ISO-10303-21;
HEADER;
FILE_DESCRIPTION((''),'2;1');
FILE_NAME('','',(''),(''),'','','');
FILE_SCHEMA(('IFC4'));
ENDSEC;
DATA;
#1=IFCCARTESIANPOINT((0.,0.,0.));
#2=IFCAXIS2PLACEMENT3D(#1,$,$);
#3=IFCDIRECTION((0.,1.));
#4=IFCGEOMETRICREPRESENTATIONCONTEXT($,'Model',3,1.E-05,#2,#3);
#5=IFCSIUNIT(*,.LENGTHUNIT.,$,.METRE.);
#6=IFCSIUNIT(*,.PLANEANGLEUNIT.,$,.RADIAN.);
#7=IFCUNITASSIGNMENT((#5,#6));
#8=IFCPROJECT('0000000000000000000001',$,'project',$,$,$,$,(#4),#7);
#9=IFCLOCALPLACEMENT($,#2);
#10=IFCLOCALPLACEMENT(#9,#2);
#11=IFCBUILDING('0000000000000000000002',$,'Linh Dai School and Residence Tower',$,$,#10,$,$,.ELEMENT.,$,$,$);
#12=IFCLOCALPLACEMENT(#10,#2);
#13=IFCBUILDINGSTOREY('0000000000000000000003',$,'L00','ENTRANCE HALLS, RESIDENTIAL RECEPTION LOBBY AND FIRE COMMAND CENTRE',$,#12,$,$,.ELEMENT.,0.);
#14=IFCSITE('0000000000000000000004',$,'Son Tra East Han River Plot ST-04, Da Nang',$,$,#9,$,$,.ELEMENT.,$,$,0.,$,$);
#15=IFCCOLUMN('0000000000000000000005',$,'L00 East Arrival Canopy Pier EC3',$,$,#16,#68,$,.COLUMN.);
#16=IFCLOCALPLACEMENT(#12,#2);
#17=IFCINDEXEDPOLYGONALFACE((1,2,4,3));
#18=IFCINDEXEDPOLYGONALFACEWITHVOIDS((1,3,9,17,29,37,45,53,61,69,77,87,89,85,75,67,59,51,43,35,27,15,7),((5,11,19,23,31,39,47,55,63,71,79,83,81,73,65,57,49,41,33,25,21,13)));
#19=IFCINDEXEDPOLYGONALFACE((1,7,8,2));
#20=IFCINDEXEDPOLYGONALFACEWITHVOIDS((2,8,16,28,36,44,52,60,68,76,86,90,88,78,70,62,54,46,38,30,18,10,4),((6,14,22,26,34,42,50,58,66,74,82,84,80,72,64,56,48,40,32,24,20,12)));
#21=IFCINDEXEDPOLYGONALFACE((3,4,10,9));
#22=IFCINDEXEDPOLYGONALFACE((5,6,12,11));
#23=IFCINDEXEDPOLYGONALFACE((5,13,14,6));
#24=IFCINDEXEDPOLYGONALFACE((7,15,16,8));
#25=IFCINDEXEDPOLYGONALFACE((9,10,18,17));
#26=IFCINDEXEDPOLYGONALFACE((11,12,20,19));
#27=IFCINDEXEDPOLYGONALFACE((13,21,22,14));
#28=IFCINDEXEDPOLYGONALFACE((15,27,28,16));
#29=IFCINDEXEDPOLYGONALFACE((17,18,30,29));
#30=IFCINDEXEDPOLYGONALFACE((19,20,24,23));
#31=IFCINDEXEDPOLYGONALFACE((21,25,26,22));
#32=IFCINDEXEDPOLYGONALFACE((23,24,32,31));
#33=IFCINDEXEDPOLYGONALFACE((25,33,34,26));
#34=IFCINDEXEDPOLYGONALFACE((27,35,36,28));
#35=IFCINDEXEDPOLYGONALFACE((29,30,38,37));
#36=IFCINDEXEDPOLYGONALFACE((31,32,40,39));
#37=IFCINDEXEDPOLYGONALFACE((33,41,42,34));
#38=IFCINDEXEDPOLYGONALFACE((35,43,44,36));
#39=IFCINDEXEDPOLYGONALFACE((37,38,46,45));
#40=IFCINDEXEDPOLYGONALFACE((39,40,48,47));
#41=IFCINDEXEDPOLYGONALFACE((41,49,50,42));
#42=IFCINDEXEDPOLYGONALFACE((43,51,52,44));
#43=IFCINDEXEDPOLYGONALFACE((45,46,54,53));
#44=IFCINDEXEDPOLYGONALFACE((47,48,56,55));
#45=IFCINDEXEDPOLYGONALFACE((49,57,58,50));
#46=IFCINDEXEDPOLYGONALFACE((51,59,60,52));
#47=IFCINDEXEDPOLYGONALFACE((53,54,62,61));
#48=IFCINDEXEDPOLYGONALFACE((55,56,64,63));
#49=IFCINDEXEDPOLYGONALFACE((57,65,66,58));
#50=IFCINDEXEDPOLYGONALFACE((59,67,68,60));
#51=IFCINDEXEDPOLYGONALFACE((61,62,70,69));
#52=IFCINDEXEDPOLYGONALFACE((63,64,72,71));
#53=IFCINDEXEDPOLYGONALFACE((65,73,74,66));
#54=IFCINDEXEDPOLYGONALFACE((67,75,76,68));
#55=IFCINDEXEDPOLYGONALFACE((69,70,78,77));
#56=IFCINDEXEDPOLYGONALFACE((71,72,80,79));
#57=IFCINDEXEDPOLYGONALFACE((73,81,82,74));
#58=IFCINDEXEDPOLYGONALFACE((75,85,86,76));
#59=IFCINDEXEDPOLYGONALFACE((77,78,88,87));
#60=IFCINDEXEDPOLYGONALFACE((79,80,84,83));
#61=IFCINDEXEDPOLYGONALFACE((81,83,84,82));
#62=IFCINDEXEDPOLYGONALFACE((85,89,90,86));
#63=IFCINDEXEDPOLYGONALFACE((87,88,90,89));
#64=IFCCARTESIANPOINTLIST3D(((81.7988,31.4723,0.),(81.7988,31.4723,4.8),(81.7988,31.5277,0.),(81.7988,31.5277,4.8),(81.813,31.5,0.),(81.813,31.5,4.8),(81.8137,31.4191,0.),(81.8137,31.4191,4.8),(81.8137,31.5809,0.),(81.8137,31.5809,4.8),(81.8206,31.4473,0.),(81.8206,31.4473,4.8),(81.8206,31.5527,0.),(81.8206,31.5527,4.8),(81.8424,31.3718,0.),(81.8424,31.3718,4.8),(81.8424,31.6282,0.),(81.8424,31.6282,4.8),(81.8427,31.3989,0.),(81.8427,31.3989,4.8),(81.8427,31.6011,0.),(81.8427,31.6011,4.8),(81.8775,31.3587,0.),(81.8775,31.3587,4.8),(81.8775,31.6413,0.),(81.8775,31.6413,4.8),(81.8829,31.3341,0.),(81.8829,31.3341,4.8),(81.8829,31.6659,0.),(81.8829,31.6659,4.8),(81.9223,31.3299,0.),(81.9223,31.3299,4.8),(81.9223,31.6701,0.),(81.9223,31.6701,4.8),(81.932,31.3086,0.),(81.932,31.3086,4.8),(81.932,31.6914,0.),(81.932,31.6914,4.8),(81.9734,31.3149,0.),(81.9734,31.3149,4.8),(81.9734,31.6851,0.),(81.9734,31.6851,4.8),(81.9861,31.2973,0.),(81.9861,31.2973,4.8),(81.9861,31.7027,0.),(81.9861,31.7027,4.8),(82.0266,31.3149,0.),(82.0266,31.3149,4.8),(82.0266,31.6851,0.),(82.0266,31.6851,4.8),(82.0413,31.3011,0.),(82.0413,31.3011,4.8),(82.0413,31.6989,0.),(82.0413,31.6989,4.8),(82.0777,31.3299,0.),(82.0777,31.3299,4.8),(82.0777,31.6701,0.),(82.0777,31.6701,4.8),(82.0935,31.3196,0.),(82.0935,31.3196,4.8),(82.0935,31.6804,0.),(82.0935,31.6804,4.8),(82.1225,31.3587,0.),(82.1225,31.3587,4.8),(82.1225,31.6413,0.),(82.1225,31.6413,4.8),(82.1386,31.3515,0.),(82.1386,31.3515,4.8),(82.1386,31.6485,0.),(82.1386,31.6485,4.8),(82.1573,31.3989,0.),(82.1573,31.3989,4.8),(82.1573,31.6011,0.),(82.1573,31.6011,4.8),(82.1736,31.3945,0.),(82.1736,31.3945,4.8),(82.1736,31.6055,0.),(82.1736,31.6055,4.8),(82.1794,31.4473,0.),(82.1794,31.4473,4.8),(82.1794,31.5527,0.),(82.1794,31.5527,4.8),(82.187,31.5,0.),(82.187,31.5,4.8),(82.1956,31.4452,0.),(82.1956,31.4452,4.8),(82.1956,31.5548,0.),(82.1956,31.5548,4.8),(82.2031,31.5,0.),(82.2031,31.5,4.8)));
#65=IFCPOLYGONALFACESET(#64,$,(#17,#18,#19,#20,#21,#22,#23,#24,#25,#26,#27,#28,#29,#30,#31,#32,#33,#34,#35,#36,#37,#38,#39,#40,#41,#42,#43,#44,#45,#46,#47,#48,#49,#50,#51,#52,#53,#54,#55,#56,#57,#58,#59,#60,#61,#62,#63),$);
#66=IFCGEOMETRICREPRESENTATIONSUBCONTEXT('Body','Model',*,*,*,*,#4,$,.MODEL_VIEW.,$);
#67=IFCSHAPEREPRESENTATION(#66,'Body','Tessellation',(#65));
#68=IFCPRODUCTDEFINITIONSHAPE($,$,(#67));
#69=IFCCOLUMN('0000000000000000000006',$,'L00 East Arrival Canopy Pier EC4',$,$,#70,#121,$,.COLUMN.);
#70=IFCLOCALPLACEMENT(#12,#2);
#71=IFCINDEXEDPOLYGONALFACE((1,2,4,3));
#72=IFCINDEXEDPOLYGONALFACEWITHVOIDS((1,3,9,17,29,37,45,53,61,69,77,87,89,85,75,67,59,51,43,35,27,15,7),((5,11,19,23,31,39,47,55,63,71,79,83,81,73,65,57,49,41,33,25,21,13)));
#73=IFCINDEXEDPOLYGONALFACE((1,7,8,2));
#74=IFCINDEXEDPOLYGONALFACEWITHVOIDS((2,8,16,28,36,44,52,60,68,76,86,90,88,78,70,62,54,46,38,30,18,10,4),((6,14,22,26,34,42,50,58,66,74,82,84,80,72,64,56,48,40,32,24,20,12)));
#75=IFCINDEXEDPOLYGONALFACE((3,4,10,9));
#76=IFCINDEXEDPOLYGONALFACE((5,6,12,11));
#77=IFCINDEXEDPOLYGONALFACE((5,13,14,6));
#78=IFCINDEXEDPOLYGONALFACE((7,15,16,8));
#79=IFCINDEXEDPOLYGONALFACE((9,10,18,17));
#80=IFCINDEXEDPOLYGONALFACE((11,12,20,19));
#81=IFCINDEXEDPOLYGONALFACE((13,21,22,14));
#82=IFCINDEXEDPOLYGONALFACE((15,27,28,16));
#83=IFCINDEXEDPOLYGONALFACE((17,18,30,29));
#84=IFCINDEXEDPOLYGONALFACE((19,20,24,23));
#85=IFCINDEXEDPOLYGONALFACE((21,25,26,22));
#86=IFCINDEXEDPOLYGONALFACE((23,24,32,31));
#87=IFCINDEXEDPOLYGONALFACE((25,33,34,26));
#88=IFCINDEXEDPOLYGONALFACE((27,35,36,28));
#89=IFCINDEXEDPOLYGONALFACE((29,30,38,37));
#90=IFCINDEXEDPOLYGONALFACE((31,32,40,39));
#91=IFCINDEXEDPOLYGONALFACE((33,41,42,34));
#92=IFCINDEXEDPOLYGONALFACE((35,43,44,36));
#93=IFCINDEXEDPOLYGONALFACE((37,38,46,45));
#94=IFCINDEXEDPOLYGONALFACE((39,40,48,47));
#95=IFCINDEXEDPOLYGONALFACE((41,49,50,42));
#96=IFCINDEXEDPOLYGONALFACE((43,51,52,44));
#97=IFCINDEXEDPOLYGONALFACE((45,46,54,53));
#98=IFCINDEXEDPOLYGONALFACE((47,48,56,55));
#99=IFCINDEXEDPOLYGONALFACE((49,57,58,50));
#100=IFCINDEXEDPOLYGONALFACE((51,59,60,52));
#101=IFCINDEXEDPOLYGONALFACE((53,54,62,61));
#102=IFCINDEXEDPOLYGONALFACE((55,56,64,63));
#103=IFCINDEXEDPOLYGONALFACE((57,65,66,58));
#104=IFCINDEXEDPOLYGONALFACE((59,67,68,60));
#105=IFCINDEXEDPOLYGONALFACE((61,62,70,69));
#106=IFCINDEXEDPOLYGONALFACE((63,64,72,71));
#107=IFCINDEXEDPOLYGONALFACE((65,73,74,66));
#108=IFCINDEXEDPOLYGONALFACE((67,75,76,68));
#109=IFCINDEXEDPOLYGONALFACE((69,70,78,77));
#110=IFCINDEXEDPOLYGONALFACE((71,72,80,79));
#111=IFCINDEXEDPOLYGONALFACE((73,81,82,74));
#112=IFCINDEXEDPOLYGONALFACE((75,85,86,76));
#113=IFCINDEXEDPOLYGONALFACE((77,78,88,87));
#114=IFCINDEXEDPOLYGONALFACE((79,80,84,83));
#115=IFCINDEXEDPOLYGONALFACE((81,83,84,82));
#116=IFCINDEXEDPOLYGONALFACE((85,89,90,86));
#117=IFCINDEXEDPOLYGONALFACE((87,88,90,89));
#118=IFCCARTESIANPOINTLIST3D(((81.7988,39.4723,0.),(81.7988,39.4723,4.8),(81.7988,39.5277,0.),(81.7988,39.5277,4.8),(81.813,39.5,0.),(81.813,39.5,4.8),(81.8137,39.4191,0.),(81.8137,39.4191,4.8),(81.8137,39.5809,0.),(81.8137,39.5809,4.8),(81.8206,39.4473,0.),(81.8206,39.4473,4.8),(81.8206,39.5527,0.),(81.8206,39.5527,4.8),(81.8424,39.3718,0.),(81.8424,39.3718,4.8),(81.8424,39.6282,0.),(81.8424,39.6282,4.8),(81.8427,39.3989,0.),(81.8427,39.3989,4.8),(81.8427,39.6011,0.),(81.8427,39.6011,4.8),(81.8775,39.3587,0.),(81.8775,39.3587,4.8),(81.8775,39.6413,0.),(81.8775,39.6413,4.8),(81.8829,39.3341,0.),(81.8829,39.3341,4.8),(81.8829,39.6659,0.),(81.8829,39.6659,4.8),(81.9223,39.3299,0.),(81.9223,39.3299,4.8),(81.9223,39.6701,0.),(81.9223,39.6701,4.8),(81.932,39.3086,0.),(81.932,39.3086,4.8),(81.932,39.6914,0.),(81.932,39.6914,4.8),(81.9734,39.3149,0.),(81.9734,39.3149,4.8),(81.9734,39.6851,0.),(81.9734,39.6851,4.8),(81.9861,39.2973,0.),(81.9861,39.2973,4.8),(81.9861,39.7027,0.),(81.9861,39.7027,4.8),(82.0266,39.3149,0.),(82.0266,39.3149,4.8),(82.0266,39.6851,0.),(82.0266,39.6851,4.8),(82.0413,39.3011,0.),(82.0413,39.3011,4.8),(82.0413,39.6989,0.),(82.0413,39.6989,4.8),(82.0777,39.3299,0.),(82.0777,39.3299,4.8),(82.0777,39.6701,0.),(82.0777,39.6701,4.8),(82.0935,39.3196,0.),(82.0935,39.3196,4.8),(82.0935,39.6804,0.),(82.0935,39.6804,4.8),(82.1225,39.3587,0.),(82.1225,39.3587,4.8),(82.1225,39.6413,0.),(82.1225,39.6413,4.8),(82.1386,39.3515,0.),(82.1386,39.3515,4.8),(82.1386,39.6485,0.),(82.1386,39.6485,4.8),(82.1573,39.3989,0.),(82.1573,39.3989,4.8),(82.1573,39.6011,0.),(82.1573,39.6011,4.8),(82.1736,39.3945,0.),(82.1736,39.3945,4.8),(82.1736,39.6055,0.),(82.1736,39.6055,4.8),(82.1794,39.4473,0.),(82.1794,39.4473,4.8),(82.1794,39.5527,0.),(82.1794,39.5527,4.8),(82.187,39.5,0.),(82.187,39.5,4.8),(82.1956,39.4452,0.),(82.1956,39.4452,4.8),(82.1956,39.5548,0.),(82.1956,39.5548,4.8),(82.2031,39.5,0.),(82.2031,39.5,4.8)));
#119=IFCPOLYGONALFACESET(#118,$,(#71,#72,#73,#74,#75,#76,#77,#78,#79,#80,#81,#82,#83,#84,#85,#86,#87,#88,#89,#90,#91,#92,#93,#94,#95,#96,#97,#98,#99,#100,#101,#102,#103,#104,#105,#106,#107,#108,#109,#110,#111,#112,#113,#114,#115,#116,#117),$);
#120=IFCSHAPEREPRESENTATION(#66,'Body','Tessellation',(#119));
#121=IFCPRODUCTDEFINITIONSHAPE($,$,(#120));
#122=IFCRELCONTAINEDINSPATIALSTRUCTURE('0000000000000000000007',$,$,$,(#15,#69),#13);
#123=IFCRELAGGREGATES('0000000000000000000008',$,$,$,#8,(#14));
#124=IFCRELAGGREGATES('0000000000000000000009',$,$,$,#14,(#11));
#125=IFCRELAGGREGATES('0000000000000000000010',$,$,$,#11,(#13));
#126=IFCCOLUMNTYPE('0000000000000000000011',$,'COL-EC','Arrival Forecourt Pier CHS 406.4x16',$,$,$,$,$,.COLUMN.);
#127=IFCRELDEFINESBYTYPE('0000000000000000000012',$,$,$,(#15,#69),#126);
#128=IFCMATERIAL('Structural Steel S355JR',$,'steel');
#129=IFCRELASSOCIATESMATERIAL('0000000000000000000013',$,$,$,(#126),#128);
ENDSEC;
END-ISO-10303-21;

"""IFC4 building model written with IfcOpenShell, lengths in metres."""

from ifc_helpers import new_model, si_unit, direction, frame, origin, origin_2d, place, context, subcontext, project, spatial, hollow_circle, extrude, material, material_profile, profile_set, type_object, element, save


model = new_model("IFC4")

# Units and contexts
model_context = context("Model", 3, precision=1e-05, world=origin(), true_north=direction((0.0, 1.0)))
body_context = subcontext(model_context, "Body", "Model", "MODEL_VIEW")
ifc_project = project(units=[si_unit("LENGTHUNIT", "METRE"), si_unit("PLANEANGLEUNIT", "RADIAN")], contexts=[model_context])

# Site, building, storey
site_placement = place(None, origin())
site = spatial("IfcSite", under=ifc_project, at=site_placement, Name="Son Tra East Han River Plot ST-04, Da Nang", CompositionType="ELEMENT", RefElevation=0.0)
building_placement = place(site_placement, origin())
building = spatial("IfcBuilding", under=site, at=building_placement, Name="Linh Dai School and Residence Tower", CompositionType="ELEMENT")
storey_placement = place(building_placement, origin())
storey = spatial("IfcBuildingStorey", under=building, at=storey_placement, Name="L00", Description="ENTRANCE HALLS, RESIDENTIAL RECEPTION LOBBY AND FIRE COMMAND CENTRE", CompositionType="ELEMENT", Elevation=0.0)

# Columns
ifc_material_1 = material(Name="Structural Steel S355JR", Category="steel")
ifc_material_profile_1 = material_profile(ifc_material_1, hollow_circle(Radius=0.2031, WallThickness=0.0161, at=origin_2d()), Name="CHS 406.4x16")
ifc_profile_set_1 = profile_set([ifc_material_profile_1], Name="Structural Steel S355JR")
column_type_1 = type_object("IfcColumnType", Name="COL-EC", Description="Arrival Forecourt Pier CHS 406.4x16", PredefinedType="COLUMN", material=ifc_profile_set_1)
for number, where, z_axis, x_axis, name in (
    (1, (82.0, 31.5, 0.0), (0.0, 0.0, 1.0), (1.0, 0.0, 0.0), "L00 East Arrival Canopy Pier EC3"),
    (2, (82.0, 39.5, 0.0), (0.0, 0.0, 1.0), (1.0, 0.0, 0.0), "L00 East Arrival Canopy Pier EC4"),
):
    element("IfcColumn", number, at=place(storey_placement, frame(where, z_axis=z_axis, x_axis=x_axis)), inside=storey, type_object=column_type_1, Name=name, PredefinedType="COLUMN", context=body_context, shape_type="SweptSolid", body=[
        extrude(hollow_circle(Radius=0.2031, WallThickness=0.0161, at=origin_2d()), origin(), (0.0, 0.0, 1.0), 4.8),
    ])

save(model, "model.ifc")
